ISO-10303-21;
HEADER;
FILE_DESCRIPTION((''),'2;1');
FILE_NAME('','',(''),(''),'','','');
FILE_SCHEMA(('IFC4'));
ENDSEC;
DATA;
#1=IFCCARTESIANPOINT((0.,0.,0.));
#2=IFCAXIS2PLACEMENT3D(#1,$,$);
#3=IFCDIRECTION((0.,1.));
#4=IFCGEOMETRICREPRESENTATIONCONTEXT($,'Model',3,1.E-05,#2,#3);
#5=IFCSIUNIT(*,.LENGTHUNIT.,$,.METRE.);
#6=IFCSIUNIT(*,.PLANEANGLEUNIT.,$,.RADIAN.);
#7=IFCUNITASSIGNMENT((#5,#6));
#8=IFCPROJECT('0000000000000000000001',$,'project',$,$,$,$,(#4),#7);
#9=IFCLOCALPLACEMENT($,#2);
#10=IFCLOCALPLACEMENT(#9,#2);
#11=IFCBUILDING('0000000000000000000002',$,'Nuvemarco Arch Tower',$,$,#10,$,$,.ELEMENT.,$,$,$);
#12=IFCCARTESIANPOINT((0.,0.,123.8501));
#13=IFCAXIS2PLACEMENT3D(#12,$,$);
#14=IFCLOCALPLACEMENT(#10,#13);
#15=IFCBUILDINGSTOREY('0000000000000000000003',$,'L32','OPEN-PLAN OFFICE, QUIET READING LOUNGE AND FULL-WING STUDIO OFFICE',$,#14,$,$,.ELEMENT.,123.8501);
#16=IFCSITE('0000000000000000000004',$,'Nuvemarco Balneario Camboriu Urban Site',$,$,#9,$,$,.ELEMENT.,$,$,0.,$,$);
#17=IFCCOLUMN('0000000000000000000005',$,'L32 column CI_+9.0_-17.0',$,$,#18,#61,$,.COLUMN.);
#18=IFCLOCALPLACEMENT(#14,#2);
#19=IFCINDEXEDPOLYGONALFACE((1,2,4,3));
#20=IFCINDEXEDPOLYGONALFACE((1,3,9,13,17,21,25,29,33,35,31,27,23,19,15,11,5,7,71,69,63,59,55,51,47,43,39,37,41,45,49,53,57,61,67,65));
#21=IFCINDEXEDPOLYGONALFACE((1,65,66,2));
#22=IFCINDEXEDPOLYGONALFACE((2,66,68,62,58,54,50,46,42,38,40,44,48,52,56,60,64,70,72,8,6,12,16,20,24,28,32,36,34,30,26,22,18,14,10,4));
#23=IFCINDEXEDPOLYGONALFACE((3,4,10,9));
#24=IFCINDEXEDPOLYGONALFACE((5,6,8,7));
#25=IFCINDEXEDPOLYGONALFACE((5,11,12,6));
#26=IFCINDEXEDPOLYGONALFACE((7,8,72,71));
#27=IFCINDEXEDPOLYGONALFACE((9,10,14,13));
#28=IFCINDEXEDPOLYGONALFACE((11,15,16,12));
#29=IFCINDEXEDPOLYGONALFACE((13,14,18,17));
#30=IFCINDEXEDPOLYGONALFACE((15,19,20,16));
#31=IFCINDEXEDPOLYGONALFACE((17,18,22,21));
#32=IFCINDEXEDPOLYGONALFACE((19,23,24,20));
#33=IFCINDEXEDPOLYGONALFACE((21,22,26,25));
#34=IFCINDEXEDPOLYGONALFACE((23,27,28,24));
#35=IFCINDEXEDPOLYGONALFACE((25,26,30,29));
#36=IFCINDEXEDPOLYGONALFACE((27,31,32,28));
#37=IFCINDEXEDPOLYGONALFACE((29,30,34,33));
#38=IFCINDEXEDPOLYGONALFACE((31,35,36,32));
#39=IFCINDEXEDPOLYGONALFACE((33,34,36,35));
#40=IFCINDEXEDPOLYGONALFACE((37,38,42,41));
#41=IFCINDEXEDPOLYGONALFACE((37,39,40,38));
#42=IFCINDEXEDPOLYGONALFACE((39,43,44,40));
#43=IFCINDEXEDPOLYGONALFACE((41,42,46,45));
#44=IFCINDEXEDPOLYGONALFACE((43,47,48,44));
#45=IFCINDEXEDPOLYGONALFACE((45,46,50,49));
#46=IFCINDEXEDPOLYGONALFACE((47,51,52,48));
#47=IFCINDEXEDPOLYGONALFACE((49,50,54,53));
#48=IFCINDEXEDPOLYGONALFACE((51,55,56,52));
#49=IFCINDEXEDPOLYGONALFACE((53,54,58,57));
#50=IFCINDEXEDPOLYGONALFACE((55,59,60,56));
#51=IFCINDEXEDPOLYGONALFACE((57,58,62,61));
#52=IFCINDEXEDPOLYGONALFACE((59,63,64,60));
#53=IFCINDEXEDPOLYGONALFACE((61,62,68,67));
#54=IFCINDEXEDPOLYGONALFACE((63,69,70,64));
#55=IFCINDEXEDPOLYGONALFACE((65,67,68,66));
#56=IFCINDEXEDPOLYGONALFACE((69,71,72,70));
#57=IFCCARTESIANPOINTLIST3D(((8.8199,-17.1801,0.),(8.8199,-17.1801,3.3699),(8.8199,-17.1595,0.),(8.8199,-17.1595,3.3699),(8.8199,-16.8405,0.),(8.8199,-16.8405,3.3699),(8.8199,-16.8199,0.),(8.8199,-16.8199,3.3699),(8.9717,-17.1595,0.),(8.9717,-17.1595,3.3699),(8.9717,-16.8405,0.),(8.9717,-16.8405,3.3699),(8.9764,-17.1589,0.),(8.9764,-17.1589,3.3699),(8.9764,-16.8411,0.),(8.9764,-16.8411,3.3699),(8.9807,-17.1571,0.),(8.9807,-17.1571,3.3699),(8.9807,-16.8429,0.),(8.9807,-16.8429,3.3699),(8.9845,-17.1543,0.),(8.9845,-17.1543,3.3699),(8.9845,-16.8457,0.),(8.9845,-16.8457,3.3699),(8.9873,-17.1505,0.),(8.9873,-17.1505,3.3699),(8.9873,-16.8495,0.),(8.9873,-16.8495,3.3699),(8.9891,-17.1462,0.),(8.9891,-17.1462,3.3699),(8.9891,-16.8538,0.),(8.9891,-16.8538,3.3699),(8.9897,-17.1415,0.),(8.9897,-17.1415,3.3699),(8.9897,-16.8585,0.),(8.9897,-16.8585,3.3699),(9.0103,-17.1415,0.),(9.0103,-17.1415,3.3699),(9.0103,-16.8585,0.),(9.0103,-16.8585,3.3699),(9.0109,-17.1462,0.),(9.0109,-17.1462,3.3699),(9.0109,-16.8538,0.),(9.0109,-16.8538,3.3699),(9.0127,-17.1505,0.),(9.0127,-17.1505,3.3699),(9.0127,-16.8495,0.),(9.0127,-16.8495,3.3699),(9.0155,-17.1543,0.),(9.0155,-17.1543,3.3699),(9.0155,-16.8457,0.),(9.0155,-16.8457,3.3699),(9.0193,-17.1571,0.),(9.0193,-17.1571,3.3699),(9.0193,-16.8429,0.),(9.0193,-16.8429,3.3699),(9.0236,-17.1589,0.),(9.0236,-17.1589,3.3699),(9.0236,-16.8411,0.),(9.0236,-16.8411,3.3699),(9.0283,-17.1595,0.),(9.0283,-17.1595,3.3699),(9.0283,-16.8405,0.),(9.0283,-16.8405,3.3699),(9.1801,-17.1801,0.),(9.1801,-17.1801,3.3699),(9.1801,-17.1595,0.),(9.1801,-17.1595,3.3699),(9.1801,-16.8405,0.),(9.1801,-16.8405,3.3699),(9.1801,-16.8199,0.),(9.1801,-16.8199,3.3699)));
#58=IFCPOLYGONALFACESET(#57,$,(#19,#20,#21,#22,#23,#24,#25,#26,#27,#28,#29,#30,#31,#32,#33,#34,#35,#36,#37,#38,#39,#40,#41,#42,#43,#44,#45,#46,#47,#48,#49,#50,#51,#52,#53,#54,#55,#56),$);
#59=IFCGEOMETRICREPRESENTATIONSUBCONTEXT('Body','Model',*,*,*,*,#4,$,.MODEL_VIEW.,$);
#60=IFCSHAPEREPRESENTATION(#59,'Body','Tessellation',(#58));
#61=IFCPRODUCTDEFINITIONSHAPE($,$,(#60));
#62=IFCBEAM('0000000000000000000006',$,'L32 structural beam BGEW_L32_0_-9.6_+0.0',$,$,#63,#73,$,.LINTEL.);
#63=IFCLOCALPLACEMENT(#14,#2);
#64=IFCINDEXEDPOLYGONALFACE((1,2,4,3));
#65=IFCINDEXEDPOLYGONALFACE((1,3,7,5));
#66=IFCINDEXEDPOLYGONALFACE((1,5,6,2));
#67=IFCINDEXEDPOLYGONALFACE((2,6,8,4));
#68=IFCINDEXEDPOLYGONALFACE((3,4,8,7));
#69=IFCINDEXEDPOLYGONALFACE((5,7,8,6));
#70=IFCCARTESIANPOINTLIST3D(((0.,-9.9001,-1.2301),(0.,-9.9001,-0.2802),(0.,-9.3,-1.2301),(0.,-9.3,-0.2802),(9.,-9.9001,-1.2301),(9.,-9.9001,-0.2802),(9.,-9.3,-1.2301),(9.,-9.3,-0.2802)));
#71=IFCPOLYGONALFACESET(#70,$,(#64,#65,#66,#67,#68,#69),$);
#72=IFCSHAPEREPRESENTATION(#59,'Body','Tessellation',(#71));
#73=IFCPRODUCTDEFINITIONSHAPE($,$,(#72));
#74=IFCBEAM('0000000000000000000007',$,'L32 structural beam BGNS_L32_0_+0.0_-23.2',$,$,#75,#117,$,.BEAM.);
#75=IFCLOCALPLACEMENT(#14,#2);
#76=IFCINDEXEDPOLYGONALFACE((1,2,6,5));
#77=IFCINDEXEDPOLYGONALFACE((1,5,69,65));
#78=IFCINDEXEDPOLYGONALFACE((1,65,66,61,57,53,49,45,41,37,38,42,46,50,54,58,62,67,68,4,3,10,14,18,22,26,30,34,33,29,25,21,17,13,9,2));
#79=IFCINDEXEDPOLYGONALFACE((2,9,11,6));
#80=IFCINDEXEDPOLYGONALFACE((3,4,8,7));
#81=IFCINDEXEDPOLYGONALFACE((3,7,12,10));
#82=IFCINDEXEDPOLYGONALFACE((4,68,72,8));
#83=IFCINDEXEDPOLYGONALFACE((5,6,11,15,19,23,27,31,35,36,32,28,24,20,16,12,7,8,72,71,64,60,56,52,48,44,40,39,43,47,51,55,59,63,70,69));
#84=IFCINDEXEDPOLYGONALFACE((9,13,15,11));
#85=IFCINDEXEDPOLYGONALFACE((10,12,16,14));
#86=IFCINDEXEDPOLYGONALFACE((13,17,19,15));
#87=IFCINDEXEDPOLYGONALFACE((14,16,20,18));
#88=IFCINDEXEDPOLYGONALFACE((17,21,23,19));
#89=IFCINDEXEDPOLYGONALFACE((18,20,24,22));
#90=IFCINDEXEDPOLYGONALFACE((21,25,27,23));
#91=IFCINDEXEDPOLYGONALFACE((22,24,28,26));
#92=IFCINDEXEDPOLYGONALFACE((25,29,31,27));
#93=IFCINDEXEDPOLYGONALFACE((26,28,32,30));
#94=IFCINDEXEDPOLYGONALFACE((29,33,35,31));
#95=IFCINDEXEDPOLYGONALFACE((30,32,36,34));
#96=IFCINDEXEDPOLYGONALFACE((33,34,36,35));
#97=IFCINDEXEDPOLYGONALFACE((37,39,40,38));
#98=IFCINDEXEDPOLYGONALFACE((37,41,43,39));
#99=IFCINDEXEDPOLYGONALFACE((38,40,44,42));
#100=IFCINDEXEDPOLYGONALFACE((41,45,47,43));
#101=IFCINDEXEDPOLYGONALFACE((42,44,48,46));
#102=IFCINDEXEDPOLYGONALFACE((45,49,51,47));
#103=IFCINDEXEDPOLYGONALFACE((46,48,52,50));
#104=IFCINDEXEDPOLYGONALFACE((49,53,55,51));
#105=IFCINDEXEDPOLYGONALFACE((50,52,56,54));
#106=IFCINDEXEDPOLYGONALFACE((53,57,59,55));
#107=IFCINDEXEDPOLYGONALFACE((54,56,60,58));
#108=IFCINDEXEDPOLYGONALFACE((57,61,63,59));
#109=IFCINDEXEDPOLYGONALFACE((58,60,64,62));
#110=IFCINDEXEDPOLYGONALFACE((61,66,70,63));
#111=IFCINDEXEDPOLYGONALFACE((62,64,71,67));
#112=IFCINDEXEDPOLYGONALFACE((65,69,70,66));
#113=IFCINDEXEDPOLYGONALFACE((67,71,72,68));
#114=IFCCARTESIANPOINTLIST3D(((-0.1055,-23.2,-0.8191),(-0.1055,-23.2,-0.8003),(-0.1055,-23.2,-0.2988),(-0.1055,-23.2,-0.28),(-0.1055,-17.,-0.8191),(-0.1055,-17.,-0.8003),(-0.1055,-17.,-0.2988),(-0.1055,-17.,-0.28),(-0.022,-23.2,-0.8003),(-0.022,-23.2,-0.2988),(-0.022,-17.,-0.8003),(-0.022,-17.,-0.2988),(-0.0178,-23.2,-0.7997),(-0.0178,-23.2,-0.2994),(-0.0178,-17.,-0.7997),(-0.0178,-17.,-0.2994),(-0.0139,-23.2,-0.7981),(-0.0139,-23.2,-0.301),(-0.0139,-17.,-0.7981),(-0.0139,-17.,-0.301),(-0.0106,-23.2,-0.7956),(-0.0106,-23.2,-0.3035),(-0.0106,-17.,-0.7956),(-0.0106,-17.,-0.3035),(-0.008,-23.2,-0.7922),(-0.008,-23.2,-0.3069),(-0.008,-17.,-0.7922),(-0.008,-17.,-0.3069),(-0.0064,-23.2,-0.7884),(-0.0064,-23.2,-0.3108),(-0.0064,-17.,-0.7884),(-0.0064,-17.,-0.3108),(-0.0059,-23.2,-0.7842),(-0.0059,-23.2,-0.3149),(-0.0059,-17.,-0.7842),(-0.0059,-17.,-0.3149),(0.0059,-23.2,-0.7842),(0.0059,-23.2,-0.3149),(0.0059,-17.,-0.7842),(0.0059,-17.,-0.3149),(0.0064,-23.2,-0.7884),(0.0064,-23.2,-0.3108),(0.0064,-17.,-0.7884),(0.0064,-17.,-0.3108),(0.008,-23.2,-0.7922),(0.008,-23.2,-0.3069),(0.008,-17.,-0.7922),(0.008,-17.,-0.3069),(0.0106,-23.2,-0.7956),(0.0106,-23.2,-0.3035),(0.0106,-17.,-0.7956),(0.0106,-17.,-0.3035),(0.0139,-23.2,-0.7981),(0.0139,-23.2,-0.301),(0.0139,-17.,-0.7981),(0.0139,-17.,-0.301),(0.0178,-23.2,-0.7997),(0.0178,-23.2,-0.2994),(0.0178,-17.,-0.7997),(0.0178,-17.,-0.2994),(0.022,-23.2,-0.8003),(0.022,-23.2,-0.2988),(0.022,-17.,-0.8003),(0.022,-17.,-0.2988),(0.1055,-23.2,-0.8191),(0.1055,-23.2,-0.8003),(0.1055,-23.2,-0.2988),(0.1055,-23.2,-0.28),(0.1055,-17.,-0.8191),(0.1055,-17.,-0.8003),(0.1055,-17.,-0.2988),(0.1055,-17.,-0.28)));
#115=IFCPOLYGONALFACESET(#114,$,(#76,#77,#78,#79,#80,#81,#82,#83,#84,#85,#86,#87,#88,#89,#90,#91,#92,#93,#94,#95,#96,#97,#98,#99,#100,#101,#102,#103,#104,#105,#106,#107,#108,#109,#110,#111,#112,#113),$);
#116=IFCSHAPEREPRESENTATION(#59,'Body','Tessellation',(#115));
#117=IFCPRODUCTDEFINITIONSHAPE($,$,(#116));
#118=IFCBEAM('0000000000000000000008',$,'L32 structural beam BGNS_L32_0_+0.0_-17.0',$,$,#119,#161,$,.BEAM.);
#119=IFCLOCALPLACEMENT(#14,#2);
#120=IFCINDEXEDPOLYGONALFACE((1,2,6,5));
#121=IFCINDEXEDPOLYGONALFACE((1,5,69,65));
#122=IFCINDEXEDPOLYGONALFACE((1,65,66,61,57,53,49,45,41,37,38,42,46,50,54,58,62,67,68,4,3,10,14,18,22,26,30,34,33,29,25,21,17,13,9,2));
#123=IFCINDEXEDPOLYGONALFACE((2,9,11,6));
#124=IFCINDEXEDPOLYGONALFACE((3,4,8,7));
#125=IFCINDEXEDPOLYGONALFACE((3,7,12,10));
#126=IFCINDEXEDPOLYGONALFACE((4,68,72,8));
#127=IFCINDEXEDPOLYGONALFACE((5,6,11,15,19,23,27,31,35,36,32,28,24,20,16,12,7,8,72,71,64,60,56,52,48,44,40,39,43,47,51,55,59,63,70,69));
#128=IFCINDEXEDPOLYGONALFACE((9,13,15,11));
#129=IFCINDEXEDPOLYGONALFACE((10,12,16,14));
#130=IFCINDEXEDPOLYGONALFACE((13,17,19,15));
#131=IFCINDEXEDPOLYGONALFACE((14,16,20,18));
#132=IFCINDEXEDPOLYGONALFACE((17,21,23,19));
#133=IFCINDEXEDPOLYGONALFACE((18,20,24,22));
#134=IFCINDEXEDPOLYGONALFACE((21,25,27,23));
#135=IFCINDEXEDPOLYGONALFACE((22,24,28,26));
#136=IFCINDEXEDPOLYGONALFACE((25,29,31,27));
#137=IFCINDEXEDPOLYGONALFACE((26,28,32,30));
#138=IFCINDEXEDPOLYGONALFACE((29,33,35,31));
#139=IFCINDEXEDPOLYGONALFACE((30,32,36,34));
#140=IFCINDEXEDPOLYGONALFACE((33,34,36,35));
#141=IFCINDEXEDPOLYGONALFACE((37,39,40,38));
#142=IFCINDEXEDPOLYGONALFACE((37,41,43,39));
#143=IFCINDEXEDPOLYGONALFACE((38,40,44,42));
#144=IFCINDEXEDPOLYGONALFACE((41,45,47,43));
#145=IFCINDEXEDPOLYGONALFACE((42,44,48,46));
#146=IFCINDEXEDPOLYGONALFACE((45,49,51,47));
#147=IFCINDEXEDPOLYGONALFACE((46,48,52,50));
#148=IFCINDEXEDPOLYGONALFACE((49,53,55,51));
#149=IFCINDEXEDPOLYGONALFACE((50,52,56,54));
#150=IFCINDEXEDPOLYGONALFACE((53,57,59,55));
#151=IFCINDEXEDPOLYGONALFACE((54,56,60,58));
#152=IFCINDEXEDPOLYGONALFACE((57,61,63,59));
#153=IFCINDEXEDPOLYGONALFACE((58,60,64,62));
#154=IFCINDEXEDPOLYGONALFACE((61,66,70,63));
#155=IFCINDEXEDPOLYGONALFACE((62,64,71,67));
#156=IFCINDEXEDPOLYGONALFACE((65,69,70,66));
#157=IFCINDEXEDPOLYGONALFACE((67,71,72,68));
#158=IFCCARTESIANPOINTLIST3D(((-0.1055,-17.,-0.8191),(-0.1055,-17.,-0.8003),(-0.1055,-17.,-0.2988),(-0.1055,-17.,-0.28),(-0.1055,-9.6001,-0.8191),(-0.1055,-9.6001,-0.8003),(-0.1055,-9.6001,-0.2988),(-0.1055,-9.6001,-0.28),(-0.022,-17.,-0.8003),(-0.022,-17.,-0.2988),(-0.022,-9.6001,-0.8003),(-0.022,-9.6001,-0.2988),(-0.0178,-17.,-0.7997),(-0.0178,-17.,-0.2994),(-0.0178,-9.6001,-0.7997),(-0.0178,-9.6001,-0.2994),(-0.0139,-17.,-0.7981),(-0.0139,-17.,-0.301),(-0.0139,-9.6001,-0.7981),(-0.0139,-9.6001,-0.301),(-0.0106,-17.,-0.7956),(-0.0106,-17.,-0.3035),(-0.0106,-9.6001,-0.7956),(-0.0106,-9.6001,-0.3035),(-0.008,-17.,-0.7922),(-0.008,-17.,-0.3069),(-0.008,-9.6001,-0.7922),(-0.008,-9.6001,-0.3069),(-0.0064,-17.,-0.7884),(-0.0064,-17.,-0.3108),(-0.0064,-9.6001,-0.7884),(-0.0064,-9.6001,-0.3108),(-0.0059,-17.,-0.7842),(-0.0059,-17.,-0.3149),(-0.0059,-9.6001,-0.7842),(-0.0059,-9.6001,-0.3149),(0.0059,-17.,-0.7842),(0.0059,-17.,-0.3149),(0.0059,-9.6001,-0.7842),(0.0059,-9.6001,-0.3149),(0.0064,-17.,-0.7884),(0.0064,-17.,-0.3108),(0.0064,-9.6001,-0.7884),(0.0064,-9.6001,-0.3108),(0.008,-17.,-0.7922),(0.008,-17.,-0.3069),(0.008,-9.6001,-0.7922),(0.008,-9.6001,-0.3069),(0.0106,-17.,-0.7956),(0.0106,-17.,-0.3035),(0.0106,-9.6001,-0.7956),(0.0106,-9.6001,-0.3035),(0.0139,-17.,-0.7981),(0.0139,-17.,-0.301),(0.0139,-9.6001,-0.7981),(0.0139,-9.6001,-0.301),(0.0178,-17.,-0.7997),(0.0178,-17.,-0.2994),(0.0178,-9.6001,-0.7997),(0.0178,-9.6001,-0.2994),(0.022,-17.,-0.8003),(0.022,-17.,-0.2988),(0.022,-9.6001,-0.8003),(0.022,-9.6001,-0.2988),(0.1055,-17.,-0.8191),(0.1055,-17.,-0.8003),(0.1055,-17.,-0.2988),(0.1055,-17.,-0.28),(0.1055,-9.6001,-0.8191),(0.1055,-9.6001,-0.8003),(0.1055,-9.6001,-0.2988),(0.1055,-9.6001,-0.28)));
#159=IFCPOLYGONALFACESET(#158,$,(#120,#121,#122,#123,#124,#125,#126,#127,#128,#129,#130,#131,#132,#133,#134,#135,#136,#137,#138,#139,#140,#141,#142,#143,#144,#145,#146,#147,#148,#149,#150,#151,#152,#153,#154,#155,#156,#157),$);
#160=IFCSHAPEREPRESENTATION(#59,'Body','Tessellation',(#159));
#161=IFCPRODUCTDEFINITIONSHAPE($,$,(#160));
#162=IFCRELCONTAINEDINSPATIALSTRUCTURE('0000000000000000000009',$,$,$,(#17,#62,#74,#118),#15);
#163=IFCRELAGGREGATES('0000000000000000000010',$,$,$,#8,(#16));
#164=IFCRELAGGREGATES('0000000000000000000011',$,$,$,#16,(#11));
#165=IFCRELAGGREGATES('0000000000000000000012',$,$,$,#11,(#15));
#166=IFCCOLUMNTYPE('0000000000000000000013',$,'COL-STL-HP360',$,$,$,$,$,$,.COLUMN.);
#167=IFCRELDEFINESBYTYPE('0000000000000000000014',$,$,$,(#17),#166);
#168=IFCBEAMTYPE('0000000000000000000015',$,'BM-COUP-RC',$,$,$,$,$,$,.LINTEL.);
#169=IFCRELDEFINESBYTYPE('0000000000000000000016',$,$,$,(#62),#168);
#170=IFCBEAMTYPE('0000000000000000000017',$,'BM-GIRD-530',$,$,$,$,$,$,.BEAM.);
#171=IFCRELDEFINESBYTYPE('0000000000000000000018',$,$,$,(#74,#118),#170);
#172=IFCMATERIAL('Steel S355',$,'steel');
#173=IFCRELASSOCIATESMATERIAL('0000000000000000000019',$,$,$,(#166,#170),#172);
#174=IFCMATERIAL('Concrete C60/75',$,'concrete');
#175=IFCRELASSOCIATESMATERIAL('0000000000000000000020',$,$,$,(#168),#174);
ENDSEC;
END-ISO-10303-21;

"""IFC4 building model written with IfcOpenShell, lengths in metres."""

from ifc_helpers import new_model, si_unit, direction, frame, origin, origin_2d, place, context, subcontext, project, spatial, rectangle, i_section, extrude, material, material_profile, profile_set, type_object, element, save


model = new_model("IFC4")

# Units and contexts
model_context = context("Model", 3, precision=1e-05, world=origin(), true_north=direction((0.0, 1.0)))
body_context = subcontext(model_context, "Body", "Model", "MODEL_VIEW")
ifc_project = project(units=[si_unit("LENGTHUNIT", "METRE"), si_unit("PLANEANGLEUNIT", "RADIAN")], contexts=[model_context])

# Site, building, storey
site_placement = place(None, origin())
site = spatial("IfcSite", under=ifc_project, at=site_placement, Name="Nuvemarco Balneario Camboriu Urban Site", CompositionType="ELEMENT", RefElevation=0.0)
building_placement = place(site_placement, origin())
building = spatial("IfcBuilding", under=site, at=building_placement, Name="Nuvemarco Arch Tower", CompositionType="ELEMENT")
storey_placement = place(building_placement, frame((0.0, 0.0, 123.8501)))
storey = spatial("IfcBuildingStorey", under=building, at=storey_placement, Name="L32", Description="OPEN-PLAN OFFICE, QUIET READING LOUNGE AND FULL-WING STUDIO OFFICE", CompositionType="ELEMENT", Elevation=123.8501)

# Column
ifc_material_1 = material(Name="Steel S355", Category="steel")
ifc_material_profile_1 = material_profile(ifc_material_1, i_section(OverallWidth=0.3601, OverallDepth=0.3601, WebThickness=0.0205, FlangeThickness=0.0205, FilletRadius=0.0181, at=origin_2d()), Name="HP360x174")
ifc_profile_set_1 = profile_set([ifc_material_profile_1], Name="Steel S355")
column_type_1 = type_object("IfcColumnType", Name="COL-STL-HP360", PredefinedType="COLUMN", material=ifc_profile_set_1)
for number, where, z_axis, x_axis, name in (
    (1, (9.0, -17.0, 0.0), (0.0, 0.0, 1.0), (1.0, 0.0, 0.0), "L32 column CI_+9.0_-17.0"),
):
    element("IfcColumn", number, at=place(storey_placement, frame(where, z_axis=z_axis, x_axis=x_axis)), inside=storey, type_object=column_type_1, Name=name, PredefinedType="COLUMN", context=body_context, shape_type="SweptSolid", body=[
        extrude(i_section(OverallWidth=0.3601, OverallDepth=0.3601, WebThickness=0.0205, FlangeThickness=0.0205, FilletRadius=0.0181, at=origin_2d()), origin(), (0.0, 0.0, 1.0), 3.3699),
    ])

# Beams
ifc_material_2 = material(Name="Concrete C60/75", Category="concrete")
ifc_material_profile_2 = material_profile(ifc_material_2, rectangle(XDim=0.6001, YDim=0.95, at=origin_2d()), Name="RC-BM-600x950")
ifc_profile_set_2 = profile_set([ifc_material_profile_2], Name="Concrete C60/75")
beam_type_1 = type_object("IfcBeamType", Name="BM-COUP-RC", PredefinedType="LINTEL", material=ifc_profile_set_2)
beam_1_placement = place(storey_placement, frame((0.0, -9.6001, -0.7551), z_axis=(1.0, 0.0, 0.0), x_axis=(0.0, 1.0, 0.0)))
element("IfcBeam", 2, at=beam_1_placement, inside=storey, type_object=beam_type_1, Name="L32 structural beam BGEW_L32_0_-9.6_+0.0", PredefinedType="LINTEL", context=body_context, shape_type="SweptSolid", body=[
    extrude(rectangle(XDim=0.6001, YDim=0.95, at=origin_2d()), origin(), (0.0, 0.0, 1.0), 9.0),
])
ifc_material_profile_3 = material_profile(ifc_material_1, i_section(OverallWidth=0.2109, OverallDepth=0.5391, WebThickness=0.0117, FlangeThickness=0.0188, FilletRadius=0.0161, at=origin_2d()), Name="W530x109")
ifc_profile_set_3 = profile_set([ifc_material_profile_3], Name="Steel S355")
beam_type_2 = type_object("IfcBeamType", Name="BM-GIRD-530", PredefinedType="BEAM", material=ifc_profile_set_3)
beam_2_placement = place(storey_placement, frame((0.0, -23.2, -0.5496), z_axis=(0.0, 1.0, 0.0), x_axis=(-1.0, 0.0, 0.0)))
element("IfcBeam", 3, at=beam_2_placement, inside=storey, type_object=beam_type_2, Name="L32 structural beam BGNS_L32_0_+0.0_-23.2", PredefinedType="BEAM", context=body_context, shape_type="SweptSolid", body=[
    extrude(i_section(OverallWidth=0.2109, OverallDepth=0.5391, WebThickness=0.0117, FlangeThickness=0.0188, FilletRadius=0.0161, at=origin_2d()), origin(), (0.0, 0.0, 1.0), 6.2),
])
beam_3_placement = place(storey_placement, frame((0.0, -17.0, -0.5496), z_axis=(0.0, 1.0, 0.0), x_axis=(-1.0, 0.0, 0.0)))
element("IfcBeam", 4, at=beam_3_placement, inside=storey, type_object=beam_type_2, Name="L32 structural beam BGNS_L32_0_+0.0_-17.0", PredefinedType="BEAM", context=body_context, shape_type="SweptSolid", body=[
    extrude(i_section(OverallWidth=0.2109, OverallDepth=0.5391, WebThickness=0.0117, FlangeThickness=0.0188, FilletRadius=0.0161, at=origin_2d()), origin(), (0.0, 0.0, 1.0), 7.3999),
])

save(model, "model.ifc")
